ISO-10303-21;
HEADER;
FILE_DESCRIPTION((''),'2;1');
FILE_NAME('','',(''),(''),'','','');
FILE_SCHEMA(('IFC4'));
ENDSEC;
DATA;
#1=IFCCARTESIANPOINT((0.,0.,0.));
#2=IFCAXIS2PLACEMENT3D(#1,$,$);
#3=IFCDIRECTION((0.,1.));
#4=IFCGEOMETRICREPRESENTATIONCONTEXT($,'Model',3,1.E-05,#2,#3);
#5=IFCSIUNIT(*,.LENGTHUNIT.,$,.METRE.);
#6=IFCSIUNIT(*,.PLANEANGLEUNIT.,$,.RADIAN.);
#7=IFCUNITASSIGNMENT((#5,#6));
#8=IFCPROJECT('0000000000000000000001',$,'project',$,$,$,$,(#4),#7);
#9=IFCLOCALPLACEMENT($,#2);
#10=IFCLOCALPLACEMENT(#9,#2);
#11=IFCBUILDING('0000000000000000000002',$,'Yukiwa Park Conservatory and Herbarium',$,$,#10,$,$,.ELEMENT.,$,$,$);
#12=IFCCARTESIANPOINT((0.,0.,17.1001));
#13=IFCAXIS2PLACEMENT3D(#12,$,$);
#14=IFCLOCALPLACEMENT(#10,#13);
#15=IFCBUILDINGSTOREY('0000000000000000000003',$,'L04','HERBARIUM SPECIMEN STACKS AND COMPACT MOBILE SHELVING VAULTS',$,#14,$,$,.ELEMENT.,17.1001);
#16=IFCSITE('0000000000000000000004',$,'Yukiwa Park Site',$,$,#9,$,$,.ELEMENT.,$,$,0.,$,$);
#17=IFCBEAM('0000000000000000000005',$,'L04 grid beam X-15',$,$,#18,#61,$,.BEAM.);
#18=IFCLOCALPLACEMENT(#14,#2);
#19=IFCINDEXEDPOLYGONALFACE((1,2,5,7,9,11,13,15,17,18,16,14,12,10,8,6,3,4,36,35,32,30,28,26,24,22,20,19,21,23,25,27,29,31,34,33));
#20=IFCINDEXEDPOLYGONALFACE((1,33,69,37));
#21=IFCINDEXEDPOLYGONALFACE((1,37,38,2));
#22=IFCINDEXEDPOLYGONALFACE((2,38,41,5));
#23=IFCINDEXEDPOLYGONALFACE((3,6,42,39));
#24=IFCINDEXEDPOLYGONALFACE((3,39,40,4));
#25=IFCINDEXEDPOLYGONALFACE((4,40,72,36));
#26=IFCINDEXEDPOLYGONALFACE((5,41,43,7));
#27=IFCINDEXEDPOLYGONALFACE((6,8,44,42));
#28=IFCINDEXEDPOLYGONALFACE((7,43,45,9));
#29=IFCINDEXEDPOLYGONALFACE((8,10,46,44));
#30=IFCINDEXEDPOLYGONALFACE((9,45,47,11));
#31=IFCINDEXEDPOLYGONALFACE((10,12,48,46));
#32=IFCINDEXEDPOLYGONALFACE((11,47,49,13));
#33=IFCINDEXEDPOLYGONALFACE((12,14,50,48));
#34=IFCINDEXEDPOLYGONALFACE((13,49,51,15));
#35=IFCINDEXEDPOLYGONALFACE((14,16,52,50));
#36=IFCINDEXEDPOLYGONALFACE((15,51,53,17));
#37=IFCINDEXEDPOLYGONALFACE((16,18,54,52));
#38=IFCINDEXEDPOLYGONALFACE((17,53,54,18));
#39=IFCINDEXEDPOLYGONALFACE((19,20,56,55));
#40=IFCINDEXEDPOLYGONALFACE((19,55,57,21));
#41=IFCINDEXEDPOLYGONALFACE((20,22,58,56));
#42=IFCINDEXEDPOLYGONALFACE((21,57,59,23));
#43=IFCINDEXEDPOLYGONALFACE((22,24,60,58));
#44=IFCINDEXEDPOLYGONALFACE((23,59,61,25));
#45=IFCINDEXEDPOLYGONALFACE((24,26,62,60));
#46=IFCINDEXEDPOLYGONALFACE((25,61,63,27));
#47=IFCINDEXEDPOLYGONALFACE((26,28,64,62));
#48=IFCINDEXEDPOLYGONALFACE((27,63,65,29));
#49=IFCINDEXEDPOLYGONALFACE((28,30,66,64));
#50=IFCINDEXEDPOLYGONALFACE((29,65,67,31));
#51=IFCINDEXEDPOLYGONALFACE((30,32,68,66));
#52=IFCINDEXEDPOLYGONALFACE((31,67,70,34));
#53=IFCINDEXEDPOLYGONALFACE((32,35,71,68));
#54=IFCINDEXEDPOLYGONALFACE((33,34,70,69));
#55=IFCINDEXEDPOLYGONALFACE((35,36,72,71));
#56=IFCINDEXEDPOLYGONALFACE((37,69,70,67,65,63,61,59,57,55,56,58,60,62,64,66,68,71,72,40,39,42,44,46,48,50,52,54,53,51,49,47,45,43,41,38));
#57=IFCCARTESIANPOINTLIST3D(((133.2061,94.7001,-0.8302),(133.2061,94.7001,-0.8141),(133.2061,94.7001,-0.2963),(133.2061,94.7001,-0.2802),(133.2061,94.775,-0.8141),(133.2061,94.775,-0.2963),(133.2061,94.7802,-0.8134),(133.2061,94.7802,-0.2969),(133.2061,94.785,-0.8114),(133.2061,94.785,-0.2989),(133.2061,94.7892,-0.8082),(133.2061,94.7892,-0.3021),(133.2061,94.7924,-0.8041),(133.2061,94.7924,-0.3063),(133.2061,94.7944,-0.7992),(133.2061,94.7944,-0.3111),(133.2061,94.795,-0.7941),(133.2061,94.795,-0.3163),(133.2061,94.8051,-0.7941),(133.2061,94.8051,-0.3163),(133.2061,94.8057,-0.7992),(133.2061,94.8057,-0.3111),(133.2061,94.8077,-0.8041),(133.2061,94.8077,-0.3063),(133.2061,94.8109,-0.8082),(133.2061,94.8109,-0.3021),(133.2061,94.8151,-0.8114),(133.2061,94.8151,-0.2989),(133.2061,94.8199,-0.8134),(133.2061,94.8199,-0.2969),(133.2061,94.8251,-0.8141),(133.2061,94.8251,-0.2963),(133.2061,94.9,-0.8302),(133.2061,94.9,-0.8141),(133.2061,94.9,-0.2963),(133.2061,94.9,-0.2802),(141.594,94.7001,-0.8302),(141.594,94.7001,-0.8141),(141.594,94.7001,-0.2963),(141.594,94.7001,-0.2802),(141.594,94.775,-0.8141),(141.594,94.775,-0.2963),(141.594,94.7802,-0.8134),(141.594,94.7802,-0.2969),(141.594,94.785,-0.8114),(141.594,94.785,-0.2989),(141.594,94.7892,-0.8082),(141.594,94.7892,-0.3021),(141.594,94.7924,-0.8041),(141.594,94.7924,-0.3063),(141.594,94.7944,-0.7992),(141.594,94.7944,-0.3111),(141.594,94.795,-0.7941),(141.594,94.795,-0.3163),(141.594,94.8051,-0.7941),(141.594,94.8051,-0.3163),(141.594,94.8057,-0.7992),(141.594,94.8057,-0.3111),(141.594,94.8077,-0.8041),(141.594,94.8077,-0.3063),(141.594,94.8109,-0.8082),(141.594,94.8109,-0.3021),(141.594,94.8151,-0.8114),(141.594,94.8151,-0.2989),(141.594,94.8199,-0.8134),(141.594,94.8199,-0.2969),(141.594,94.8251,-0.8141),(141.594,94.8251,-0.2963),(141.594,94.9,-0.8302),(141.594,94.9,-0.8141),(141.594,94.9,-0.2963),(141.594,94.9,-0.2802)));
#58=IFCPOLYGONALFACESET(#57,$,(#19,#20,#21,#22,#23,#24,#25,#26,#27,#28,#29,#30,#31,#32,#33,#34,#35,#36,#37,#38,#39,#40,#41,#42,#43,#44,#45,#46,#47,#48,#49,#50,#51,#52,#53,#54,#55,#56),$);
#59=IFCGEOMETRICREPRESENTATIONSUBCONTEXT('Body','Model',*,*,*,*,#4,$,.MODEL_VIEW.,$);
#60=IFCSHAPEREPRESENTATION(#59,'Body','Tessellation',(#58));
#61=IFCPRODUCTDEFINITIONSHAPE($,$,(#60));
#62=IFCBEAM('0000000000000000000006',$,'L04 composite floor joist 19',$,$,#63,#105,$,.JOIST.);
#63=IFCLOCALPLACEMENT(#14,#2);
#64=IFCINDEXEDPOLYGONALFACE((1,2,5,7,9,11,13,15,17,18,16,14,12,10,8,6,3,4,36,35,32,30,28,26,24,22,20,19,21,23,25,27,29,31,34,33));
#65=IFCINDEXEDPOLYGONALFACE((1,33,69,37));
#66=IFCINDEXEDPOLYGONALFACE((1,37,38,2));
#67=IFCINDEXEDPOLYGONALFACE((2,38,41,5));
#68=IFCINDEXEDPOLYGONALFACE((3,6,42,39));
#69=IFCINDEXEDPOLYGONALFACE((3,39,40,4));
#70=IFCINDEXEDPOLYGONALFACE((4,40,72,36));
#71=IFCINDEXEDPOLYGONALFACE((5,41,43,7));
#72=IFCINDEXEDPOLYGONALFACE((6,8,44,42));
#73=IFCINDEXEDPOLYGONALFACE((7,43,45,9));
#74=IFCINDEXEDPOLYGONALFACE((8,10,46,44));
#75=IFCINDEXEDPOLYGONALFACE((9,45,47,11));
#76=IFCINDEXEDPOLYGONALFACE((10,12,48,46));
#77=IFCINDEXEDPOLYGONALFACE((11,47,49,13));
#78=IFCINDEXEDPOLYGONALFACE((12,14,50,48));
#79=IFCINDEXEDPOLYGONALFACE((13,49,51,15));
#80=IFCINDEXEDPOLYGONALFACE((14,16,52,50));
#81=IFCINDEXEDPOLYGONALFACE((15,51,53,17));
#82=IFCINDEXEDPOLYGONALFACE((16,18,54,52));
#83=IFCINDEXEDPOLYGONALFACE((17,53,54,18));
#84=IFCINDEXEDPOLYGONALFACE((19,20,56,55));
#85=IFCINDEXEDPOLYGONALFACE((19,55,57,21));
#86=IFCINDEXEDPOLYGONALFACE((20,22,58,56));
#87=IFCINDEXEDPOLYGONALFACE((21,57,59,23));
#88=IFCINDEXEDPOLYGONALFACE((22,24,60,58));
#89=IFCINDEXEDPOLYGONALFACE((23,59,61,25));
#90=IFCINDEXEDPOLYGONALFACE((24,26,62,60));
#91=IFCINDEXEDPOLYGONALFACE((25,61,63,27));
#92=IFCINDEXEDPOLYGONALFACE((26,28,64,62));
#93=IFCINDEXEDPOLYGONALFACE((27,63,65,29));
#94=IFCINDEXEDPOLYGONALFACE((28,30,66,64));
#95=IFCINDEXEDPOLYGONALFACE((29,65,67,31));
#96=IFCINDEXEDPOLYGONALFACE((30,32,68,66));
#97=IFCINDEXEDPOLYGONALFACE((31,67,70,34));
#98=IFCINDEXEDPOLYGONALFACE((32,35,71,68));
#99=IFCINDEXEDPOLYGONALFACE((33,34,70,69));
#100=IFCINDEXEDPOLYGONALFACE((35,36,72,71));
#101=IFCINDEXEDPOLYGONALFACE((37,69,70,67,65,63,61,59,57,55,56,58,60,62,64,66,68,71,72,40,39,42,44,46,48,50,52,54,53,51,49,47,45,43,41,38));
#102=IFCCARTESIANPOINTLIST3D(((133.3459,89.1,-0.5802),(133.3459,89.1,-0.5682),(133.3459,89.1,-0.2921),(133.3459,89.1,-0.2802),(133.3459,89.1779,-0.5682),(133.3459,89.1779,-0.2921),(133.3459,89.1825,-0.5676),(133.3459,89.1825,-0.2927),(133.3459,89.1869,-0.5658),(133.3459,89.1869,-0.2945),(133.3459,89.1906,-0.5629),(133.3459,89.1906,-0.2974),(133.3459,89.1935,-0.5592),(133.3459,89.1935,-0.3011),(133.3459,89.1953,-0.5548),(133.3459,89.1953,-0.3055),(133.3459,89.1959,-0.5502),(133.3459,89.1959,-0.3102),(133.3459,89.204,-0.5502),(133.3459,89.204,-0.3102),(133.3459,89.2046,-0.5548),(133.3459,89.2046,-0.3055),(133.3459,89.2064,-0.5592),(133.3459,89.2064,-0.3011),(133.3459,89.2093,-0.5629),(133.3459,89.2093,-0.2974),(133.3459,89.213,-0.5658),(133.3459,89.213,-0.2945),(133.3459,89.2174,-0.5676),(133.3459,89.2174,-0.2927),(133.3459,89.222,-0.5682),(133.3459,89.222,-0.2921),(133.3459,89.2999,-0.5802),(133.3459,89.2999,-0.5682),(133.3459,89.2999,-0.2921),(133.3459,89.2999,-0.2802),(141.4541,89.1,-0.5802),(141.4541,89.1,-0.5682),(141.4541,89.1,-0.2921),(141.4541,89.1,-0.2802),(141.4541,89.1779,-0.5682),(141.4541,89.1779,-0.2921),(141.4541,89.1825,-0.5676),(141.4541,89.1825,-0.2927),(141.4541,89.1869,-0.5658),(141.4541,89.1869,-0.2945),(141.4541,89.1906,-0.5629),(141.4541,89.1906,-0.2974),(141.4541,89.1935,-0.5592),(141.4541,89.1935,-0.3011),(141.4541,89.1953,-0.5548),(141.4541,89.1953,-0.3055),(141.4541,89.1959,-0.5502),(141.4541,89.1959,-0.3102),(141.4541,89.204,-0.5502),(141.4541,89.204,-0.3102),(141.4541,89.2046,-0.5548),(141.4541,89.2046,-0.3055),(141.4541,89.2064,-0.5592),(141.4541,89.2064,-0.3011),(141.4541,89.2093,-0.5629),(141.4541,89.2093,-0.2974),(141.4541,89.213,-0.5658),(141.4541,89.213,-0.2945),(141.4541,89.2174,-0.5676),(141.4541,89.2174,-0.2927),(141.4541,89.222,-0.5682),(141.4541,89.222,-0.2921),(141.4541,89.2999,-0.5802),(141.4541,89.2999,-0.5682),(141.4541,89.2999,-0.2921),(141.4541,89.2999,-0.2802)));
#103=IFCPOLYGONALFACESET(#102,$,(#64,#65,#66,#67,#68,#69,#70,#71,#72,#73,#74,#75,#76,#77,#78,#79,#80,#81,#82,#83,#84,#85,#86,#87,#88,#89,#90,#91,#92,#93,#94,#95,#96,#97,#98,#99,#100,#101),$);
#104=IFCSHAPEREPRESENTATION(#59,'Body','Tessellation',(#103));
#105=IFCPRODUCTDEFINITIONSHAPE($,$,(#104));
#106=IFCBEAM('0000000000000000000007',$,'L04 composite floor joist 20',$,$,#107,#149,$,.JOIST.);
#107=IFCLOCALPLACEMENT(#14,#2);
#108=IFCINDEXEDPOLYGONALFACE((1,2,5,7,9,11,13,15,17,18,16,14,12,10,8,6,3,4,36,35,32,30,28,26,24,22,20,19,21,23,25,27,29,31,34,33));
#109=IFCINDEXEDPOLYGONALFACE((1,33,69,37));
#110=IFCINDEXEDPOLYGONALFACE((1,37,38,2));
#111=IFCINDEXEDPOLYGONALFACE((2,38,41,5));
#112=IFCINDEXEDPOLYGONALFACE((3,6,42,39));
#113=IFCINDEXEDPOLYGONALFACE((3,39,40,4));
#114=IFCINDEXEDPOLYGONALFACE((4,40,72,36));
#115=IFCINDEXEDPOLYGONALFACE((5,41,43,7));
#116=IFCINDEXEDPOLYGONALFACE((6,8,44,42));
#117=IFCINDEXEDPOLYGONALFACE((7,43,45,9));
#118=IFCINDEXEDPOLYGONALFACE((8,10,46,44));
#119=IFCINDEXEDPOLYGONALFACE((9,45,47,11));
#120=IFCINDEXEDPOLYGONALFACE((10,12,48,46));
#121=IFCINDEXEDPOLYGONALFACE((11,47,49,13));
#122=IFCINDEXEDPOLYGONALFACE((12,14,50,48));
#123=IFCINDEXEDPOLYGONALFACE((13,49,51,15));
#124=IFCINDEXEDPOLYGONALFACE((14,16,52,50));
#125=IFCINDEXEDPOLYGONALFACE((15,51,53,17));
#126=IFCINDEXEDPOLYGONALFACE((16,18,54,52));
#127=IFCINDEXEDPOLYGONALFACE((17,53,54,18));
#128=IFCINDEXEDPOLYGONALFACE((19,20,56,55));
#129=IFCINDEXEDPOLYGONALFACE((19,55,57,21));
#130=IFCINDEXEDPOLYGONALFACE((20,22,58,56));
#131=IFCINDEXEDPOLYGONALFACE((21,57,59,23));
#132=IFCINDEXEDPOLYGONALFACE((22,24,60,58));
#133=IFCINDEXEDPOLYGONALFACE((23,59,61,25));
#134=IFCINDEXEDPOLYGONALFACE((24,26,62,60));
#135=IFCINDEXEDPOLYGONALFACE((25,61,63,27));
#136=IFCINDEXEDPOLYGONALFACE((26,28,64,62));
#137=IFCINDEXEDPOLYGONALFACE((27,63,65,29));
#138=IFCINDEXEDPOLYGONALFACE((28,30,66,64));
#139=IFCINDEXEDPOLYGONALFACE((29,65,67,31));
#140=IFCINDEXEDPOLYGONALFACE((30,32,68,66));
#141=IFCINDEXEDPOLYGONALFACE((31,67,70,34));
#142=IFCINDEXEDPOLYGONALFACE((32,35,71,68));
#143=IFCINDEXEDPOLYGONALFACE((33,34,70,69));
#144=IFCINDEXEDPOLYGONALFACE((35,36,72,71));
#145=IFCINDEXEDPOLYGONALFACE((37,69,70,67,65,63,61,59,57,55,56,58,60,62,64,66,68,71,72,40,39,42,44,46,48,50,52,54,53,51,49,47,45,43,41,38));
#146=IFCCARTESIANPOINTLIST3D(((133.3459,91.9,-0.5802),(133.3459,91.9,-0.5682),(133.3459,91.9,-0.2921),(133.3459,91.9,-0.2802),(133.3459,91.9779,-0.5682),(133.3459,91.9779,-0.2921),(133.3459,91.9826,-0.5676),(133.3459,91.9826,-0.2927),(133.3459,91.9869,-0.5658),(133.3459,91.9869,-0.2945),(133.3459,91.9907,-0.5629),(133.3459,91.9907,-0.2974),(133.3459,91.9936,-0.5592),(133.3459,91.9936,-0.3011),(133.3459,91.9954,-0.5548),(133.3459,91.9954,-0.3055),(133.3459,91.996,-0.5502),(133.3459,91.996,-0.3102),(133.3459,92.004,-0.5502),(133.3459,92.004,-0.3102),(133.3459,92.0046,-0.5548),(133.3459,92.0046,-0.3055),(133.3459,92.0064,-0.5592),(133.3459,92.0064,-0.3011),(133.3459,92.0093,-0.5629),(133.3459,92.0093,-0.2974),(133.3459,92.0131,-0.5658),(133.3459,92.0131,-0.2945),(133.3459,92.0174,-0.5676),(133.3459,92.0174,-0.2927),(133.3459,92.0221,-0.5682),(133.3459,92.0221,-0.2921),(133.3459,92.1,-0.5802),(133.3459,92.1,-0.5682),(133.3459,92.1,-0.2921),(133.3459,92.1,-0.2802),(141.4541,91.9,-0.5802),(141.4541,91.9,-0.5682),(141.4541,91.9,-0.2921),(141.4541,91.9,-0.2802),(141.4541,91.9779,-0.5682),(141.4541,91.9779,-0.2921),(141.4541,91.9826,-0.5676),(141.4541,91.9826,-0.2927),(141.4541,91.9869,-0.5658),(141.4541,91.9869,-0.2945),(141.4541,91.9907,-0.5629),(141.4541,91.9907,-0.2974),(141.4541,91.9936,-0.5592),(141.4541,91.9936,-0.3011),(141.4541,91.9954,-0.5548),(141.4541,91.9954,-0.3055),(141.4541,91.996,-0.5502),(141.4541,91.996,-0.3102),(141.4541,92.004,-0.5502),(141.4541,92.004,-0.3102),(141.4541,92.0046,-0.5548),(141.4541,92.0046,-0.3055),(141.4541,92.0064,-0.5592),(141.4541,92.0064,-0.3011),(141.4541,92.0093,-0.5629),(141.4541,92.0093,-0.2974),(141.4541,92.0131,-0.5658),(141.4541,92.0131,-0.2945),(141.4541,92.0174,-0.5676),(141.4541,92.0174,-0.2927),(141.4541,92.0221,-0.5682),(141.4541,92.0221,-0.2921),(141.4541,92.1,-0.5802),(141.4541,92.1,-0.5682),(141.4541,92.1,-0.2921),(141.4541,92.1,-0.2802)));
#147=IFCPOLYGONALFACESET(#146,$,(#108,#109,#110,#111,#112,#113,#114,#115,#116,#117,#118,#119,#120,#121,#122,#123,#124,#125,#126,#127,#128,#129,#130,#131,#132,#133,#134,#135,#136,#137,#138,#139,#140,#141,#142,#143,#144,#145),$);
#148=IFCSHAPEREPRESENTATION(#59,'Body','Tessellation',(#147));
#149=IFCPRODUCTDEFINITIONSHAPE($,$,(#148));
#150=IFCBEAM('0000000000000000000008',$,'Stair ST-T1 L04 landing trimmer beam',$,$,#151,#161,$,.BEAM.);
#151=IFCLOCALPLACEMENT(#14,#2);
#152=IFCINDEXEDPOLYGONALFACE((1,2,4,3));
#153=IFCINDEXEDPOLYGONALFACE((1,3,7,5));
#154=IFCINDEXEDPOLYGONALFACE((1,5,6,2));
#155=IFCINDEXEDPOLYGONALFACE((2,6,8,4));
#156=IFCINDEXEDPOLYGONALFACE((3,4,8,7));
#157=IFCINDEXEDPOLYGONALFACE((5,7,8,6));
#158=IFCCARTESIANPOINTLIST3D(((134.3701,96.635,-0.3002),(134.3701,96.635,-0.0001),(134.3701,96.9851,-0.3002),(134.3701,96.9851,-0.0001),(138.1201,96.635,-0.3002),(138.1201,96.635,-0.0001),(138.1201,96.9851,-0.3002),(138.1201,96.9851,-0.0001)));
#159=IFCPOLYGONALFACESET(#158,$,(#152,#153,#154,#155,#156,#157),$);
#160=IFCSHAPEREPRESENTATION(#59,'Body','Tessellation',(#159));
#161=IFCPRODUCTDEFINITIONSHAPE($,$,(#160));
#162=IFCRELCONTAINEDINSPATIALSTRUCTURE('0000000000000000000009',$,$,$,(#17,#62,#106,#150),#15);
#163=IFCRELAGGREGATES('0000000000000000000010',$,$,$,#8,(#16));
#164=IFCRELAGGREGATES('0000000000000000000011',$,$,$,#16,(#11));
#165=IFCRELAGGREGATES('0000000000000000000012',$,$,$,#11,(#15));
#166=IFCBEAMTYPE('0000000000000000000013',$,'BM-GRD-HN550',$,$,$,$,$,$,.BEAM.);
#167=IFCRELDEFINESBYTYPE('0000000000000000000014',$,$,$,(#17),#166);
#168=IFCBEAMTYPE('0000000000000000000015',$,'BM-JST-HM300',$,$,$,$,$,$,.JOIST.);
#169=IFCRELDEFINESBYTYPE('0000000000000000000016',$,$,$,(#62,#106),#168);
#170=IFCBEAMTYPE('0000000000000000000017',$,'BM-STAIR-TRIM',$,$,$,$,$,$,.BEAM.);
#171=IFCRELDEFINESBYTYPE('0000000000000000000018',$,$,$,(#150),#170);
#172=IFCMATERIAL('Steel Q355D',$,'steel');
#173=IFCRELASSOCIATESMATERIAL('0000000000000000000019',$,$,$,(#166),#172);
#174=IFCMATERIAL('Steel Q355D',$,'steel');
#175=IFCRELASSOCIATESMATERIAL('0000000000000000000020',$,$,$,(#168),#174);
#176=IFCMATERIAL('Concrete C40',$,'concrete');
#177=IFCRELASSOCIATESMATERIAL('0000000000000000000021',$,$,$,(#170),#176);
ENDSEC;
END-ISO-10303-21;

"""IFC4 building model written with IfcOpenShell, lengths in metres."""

from ifc_helpers import new_model, si_unit, direction, frame, origin, origin_2d, place, context, subcontext, project, spatial, rectangle, i_section, extrude, material, material_profile, profile_set, type_object, element, save


model = new_model("IFC4")

# Units and contexts
model_context = context("Model", 3, precision=1e-05, world=origin(), true_north=direction((0.0, 1.0)))
body_context = subcontext(model_context, "Body", "Model", "MODEL_VIEW")
ifc_project = project(units=[si_unit("LENGTHUNIT", "METRE"), si_unit("PLANEANGLEUNIT", "RADIAN")], contexts=[model_context])

# Site, building, storey
site_placement = place(None, origin())
site = spatial("IfcSite", under=ifc_project, at=site_placement, Name="Yukiwa Park Site", CompositionType="ELEMENT", RefElevation=0.0)
building_placement = place(site_placement, origin())
building = spatial("IfcBuilding", under=site, at=building_placement, Name="Yukiwa Park Conservatory and Herbarium", CompositionType="ELEMENT")
storey_placement = place(building_placement, frame((0.0, 0.0, 17.1001)))
storey = spatial("IfcBuildingStorey", under=building, at=storey_placement, Name="L04", Description="HERBARIUM SPECIMEN STACKS AND COMPACT MOBILE SHELVING VAULTS", CompositionType="ELEMENT", Elevation=17.1001)

# Beams
ifc_material_1 = material(Name="Steel Q355D", Category="steel")
ifc_material_profile_1 = material_profile(ifc_material_1, i_section(OverallWidth=0.2, OverallDepth=0.55, WebThickness=0.01, FlangeThickness=0.0161, FilletRadius=0.02, at=origin_2d()), Name="HN 550x200x10x16")
ifc_profile_set_1 = profile_set([ifc_material_profile_1], Name="Steel Q355D")
beam_type_1 = type_object("IfcBeamType", Name="BM-GRD-HN550", PredefinedType="BEAM", material=ifc_profile_set_1)
beam_1_placement = place(storey_placement, frame((133.2061, 94.8, -0.5552), z_axis=(1.0, 0.0, 0.0), x_axis=(0.0, 1.0, 0.0)))
element("IfcBeam", 1, at=beam_1_placement, inside=storey, type_object=beam_type_1, Name="L04 grid beam X-15", PredefinedType="BEAM", context=body_context, shape_type="SweptSolid", body=[
    extrude(i_section(OverallWidth=0.2, OverallDepth=0.55, WebThickness=0.01, FlangeThickness=0.0161, FilletRadius=0.02, at=origin_2d()), origin(), (0.0, 0.0, 1.0), 8.3879),
])
ifc_material_2 = material(Name="Steel Q355D", Category="steel")
ifc_material_profile_2 = material_profile(ifc_material_2, i_section(OverallWidth=0.2, OverallDepth=0.3, WebThickness=0.0081, FlangeThickness=0.012, FilletRadius=0.0181, at=origin_2d()), Name="HM 300x200x8x12")
ifc_profile_set_2 = profile_set([ifc_material_profile_2], Name="Steel Q355D")
beam_type_2 = type_object("IfcBeamType", Name="BM-JST-HM300", PredefinedType="JOIST", material=ifc_profile_set_2)
for number, where, z_axis, x_axis, name in (
    (2, (133.3459, 89.2, -0.4302), (1.0, 0.0, 0.0), (0.0, 1.0, 0.0), "L04 composite floor joist 19"),
    (3, (133.3459, 92.0, -0.4302), (1.0, 0.0, 0.0), (0.0, 1.0, 0.0), "L04 composite floor joist 20"),
):
    element("IfcBeam", number, at=place(storey_placement, frame(where, z_axis=z_axis, x_axis=x_axis)), inside=storey, type_object=beam_type_2, Name=name, PredefinedType="JOIST", context=body_context, shape_type="SweptSolid", body=[
        extrude(i_section(OverallWidth=0.2, OverallDepth=0.3, WebThickness=0.0081, FlangeThickness=0.012, FilletRadius=0.0181, at=origin_2d()), origin(), (0.0, 0.0, 1.0), 8.1082),
    ])
ifc_material_3 = material(Name="Concrete C40", Category="concrete")
ifc_material_profile_3 = material_profile(ifc_material_3, rectangle(XDim=0.3501, YDim=0.3, at=origin_2d()), Name="RC 350x300")
ifc_profile_set_3 = profile_set([ifc_material_profile_3], Name="Concrete C40")
beam_type_3 = type_object("IfcBeamType", Name="BM-STAIR-TRIM", PredefinedType="BEAM", material=ifc_profile_set_3)
beam_2_placement = place(storey_placement, frame((134.3701, 96.8101, -0.1501), z_axis=(1.0, 0.0, 0.0), x_axis=(0.0, 1.0, 0.0)))
element("IfcBeam", 4, at=beam_2_placement, inside=storey, type_object=beam_type_3, Name="Stair ST-T1 L04 landing trimmer beam", PredefinedType="BEAM", context=body_context, shape_type="SweptSolid", body=[
    extrude(rectangle(XDim=0.3501, YDim=0.3, at=origin_2d()), origin(), (0.0, 0.0, 1.0), 3.75),
])

save(model, "model.ifc")
